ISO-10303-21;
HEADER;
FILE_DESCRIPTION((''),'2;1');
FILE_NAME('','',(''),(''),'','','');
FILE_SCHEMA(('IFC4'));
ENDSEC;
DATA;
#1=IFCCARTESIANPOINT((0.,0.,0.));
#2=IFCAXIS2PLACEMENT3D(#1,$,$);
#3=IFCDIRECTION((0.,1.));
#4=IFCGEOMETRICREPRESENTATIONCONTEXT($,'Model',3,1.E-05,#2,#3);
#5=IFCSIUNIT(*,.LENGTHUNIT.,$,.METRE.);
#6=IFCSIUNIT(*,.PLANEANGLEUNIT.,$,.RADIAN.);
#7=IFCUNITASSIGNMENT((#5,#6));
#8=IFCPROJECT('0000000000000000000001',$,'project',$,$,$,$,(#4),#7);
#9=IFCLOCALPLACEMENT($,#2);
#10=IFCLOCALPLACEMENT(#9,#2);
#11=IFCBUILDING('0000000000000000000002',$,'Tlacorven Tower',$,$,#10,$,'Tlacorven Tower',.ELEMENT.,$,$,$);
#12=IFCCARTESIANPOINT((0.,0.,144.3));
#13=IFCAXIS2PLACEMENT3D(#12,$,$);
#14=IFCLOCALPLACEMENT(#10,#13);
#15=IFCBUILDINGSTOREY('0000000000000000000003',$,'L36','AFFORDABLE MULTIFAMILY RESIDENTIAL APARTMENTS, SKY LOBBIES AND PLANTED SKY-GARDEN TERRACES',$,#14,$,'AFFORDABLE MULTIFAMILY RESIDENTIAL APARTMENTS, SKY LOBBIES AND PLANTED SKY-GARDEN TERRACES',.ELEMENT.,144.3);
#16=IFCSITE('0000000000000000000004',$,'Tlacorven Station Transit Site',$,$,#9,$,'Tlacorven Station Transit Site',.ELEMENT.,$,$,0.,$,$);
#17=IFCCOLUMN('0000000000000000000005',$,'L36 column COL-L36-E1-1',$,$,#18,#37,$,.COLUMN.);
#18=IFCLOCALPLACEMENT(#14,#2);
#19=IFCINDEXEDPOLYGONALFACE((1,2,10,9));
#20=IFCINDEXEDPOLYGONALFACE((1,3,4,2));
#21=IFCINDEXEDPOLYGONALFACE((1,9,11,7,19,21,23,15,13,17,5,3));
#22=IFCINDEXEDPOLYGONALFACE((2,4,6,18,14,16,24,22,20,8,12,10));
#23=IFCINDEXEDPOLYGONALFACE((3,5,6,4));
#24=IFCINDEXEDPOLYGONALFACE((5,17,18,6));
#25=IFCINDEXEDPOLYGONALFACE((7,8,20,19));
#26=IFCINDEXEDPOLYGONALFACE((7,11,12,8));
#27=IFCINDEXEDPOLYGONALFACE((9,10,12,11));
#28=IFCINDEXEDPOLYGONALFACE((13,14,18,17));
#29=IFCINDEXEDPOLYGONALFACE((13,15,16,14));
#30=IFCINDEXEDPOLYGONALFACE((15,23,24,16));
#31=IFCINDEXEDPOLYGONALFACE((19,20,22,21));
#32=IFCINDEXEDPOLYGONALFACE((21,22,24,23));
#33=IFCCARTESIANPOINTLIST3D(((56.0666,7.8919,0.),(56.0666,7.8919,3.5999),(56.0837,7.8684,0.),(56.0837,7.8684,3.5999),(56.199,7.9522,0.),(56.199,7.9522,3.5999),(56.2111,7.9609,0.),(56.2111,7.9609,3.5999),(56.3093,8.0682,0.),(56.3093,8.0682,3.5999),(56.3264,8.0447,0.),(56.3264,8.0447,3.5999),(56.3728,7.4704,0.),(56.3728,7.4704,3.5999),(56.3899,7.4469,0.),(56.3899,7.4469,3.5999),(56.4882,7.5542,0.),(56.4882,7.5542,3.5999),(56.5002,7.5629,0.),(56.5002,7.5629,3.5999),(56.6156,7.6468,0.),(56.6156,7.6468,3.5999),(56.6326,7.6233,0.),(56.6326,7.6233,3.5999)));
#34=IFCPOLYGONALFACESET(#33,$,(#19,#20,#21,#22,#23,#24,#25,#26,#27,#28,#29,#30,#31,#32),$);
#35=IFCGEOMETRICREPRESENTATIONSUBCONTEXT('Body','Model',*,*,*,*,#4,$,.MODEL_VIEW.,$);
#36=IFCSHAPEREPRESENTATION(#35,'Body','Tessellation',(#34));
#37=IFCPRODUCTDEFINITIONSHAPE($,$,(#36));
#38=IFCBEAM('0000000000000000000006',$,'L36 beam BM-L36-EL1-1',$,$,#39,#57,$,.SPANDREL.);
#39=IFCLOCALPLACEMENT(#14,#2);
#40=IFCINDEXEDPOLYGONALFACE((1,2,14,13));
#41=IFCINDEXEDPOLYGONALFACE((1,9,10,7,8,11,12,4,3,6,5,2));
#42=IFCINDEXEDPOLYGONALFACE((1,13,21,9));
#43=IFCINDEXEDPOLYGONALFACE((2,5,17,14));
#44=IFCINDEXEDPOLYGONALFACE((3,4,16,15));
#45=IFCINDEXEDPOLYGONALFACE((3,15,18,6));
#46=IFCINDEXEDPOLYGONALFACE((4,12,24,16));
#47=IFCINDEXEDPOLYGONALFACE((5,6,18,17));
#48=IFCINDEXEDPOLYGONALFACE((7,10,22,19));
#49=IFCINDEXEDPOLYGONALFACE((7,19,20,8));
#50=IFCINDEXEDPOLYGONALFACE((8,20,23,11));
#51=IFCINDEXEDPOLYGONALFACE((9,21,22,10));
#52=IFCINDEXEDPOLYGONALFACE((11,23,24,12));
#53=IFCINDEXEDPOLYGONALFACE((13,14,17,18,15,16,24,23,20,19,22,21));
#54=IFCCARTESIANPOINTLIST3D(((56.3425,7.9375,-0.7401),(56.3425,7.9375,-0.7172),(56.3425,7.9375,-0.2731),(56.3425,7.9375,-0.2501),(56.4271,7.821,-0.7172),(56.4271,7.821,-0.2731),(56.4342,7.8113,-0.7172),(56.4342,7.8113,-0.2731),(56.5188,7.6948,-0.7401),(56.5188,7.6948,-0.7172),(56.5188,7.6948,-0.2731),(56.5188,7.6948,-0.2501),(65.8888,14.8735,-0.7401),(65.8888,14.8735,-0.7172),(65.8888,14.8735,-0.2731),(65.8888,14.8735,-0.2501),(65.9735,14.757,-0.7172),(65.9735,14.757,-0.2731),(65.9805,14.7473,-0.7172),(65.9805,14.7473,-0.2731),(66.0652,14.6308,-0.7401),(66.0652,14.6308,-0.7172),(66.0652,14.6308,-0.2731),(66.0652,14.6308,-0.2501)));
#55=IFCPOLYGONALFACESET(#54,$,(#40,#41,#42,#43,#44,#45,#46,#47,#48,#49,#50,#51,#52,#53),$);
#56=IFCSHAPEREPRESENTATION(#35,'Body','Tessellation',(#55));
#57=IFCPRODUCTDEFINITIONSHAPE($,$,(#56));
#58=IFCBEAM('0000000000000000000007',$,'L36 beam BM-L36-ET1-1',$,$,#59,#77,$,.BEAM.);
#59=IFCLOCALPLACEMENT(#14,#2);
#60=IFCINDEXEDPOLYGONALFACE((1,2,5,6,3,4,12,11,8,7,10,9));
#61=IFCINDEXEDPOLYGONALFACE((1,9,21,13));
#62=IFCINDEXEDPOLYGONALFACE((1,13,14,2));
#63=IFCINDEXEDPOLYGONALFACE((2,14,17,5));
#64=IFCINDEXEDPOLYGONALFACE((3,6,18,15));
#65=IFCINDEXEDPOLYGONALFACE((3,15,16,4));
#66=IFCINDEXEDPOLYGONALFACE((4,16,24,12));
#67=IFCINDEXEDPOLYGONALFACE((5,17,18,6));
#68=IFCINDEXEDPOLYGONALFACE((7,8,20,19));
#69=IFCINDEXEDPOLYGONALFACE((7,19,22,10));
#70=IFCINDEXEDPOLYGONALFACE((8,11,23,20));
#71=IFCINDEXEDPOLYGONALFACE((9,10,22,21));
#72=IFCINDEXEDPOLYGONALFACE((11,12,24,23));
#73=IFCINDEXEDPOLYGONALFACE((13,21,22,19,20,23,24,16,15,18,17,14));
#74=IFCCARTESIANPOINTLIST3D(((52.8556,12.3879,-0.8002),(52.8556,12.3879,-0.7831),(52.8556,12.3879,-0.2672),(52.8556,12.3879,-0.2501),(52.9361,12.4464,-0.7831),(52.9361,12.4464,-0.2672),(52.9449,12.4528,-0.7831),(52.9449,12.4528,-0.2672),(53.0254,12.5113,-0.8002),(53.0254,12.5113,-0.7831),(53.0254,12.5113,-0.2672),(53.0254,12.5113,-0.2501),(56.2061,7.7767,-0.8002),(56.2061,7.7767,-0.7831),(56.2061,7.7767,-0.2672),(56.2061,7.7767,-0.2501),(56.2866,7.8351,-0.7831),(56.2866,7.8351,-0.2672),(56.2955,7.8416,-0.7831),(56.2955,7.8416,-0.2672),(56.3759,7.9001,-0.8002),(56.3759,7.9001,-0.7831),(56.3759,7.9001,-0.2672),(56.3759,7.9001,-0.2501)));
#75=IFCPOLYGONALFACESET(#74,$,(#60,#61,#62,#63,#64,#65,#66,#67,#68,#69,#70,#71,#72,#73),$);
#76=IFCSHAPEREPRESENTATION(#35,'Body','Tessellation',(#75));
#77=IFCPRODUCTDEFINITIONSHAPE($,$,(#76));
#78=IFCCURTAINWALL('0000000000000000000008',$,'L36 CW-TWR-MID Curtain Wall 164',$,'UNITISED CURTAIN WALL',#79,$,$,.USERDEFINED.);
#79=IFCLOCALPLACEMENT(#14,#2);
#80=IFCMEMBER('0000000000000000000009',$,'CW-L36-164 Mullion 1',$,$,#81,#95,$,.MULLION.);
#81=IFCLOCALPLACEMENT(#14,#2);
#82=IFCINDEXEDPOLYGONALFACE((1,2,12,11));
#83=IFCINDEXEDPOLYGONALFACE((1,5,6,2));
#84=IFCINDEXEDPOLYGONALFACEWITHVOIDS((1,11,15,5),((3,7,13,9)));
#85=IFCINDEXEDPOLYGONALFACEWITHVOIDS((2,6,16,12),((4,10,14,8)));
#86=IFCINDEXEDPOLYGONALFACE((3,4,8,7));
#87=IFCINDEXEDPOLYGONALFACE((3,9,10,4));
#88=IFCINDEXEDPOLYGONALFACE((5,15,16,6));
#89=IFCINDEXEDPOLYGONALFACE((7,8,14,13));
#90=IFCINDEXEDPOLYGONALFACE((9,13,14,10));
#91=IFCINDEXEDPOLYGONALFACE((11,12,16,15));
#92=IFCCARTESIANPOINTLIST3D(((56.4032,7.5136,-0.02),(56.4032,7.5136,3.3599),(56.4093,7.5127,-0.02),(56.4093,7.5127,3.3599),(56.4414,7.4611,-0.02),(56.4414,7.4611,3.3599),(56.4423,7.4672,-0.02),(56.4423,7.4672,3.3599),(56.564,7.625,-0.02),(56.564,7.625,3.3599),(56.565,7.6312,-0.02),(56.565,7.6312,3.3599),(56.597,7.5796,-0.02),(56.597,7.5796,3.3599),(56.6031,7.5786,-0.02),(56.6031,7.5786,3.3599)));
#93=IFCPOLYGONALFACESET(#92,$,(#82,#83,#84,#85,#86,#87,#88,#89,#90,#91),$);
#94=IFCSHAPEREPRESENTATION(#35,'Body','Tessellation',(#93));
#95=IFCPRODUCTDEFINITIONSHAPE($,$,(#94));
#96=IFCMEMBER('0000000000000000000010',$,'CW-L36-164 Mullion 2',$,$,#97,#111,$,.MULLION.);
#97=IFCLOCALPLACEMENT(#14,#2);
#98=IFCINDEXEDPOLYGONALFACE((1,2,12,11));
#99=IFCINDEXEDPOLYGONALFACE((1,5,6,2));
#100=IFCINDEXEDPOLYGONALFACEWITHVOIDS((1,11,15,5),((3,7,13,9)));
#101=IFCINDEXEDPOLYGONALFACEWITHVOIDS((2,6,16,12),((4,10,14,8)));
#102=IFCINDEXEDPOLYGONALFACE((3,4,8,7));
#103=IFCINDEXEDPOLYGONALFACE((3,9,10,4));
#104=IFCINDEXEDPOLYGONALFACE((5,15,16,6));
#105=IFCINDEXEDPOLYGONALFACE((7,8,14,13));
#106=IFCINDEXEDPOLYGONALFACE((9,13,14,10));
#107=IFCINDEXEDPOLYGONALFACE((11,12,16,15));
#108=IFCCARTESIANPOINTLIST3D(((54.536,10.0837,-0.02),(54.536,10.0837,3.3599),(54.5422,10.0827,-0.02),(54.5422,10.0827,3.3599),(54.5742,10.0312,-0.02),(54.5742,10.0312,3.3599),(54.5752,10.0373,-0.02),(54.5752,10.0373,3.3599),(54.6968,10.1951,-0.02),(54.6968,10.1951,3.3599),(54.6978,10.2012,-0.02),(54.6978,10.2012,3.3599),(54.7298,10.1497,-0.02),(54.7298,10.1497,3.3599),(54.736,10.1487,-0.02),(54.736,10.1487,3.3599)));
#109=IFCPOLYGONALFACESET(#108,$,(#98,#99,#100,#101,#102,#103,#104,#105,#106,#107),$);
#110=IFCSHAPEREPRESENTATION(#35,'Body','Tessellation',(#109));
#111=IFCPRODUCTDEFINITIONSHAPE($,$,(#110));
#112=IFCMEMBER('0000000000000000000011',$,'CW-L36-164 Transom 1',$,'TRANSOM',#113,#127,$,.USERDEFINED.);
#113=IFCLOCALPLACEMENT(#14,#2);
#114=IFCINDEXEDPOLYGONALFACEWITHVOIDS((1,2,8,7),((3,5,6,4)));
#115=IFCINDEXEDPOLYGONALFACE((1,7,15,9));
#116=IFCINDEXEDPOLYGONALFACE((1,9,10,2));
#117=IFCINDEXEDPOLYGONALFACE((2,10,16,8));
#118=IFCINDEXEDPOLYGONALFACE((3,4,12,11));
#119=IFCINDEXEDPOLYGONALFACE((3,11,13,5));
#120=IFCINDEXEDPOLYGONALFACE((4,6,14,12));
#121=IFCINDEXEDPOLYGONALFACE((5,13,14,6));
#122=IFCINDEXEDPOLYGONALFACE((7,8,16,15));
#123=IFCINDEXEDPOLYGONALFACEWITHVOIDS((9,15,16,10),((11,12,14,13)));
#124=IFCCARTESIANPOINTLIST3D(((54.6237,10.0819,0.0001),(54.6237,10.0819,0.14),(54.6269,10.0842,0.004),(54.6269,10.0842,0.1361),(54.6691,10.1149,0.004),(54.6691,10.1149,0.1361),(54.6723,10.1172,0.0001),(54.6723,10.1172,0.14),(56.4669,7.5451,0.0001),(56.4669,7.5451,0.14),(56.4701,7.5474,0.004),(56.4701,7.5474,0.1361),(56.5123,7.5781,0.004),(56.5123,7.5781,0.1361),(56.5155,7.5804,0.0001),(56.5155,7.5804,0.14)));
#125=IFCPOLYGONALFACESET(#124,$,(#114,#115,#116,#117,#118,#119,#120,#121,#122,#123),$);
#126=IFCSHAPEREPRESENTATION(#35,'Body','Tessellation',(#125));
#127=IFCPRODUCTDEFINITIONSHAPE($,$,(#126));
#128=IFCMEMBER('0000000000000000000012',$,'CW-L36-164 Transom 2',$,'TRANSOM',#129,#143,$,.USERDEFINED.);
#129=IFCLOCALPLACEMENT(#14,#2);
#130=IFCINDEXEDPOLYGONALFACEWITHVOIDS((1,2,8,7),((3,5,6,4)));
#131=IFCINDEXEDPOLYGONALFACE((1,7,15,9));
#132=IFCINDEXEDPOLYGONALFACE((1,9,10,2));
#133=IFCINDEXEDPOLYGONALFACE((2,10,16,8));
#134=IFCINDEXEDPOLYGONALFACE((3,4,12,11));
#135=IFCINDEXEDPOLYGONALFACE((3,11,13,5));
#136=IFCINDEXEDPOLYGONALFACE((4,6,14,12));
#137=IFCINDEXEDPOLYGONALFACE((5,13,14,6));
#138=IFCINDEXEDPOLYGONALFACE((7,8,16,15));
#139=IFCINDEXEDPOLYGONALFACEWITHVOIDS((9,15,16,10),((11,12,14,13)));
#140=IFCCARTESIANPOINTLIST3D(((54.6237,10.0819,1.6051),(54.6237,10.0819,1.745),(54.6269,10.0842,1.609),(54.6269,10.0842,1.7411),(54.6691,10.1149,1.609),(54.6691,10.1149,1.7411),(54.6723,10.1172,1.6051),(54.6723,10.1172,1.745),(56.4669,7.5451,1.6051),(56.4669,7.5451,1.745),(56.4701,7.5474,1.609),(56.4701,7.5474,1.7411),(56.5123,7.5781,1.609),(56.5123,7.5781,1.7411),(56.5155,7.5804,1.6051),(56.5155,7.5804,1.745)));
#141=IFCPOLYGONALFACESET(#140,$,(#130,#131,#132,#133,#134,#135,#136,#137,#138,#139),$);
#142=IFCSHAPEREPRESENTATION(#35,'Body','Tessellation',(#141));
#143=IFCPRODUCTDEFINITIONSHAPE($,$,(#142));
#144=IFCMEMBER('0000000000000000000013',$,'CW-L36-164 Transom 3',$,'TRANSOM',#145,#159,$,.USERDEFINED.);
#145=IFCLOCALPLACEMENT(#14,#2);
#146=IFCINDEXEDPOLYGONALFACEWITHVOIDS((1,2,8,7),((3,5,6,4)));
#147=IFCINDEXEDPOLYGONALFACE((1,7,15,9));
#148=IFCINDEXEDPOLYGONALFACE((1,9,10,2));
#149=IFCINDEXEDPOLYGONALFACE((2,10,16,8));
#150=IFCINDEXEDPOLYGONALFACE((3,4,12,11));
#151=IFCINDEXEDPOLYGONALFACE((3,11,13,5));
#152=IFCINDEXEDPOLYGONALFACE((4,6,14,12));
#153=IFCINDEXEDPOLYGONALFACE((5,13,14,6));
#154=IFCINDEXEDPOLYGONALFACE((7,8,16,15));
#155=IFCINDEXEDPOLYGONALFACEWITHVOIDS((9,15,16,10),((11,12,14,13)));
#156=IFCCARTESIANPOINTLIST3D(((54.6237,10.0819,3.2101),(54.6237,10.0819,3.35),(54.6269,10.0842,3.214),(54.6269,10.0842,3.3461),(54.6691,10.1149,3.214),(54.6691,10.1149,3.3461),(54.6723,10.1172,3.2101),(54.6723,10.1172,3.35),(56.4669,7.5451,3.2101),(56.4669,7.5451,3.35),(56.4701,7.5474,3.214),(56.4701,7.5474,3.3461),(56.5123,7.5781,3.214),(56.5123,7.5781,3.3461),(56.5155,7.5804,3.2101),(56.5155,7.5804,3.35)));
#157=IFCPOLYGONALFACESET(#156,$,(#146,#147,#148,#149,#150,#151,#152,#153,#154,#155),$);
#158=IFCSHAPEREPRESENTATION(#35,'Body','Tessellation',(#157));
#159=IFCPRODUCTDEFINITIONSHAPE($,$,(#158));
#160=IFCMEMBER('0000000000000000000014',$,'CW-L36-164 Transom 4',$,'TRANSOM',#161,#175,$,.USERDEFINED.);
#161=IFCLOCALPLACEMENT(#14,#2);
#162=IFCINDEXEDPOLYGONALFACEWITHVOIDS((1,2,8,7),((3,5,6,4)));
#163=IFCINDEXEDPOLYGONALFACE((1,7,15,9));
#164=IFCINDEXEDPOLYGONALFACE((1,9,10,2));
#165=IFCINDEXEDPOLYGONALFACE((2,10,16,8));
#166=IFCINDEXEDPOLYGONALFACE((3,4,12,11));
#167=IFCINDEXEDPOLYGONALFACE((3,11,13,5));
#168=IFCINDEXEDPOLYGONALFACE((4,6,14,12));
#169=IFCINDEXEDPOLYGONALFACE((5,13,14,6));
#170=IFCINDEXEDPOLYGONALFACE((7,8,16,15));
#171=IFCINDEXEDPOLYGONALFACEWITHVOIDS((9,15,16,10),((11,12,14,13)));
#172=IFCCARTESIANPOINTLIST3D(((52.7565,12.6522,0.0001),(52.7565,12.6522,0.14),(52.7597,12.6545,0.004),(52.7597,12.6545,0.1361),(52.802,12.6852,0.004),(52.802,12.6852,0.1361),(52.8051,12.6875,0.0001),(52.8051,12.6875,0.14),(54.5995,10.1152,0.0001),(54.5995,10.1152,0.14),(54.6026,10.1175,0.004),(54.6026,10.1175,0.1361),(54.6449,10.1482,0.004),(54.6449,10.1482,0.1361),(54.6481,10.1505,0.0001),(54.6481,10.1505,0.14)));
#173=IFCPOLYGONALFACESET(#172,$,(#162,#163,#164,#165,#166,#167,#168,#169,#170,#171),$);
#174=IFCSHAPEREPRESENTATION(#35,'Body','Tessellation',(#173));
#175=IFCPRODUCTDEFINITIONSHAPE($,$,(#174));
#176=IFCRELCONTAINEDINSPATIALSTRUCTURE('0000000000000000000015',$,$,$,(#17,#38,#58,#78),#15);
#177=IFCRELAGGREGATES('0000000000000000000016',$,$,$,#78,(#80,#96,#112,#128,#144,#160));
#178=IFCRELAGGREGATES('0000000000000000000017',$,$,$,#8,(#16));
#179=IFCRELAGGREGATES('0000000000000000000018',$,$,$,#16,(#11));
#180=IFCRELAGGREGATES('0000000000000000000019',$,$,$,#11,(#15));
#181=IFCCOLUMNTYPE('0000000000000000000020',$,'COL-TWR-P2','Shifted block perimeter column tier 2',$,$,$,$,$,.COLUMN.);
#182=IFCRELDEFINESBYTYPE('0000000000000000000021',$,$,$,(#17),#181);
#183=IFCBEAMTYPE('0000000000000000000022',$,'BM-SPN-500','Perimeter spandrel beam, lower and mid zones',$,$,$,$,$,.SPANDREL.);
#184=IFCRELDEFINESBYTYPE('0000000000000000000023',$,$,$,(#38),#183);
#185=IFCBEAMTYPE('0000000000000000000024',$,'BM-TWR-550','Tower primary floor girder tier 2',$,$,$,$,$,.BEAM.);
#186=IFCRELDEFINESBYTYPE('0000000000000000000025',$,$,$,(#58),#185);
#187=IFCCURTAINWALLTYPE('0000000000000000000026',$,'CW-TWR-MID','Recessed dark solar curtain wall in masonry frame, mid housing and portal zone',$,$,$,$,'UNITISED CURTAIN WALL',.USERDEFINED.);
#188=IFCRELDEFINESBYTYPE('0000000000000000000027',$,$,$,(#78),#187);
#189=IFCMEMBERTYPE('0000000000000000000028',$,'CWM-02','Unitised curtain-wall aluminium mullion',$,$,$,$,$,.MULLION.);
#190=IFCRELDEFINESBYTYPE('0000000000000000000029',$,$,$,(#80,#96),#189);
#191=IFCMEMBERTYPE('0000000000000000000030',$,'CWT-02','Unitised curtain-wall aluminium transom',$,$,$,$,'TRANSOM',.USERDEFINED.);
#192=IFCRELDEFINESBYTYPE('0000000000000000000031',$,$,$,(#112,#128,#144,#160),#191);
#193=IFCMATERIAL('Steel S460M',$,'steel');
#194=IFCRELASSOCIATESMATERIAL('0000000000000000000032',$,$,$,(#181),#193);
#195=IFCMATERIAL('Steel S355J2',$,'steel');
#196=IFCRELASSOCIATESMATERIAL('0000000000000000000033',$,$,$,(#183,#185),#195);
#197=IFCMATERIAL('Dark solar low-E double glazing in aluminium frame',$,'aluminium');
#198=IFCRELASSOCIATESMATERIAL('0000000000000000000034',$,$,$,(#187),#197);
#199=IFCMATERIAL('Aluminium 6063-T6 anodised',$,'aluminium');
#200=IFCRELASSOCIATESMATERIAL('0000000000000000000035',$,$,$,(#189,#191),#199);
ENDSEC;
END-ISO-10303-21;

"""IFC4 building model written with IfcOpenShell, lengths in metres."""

from ifc_helpers import new_model, si_unit, direction, frame, origin, origin_2d, place, context, subcontext, project, spatial, hollow_rectangle, i_section, extrude, source, transform, mapped, material, material_profile, profile_set, type_object, element, aggregate, save


model = new_model("IFC4")

# Units and contexts
model_context = context("Model", 3, precision=1e-05, world=origin(), true_north=direction((0.0, 1.0)))
body_context = subcontext(model_context, "Body", "Model", "MODEL_VIEW")
ifc_project = project(units=[si_unit("LENGTHUNIT", "METRE"), si_unit("PLANEANGLEUNIT", "RADIAN")], contexts=[model_context])

# Site, building, storey
site_placement = place(None, origin())
site = spatial("IfcSite", under=ifc_project, at=site_placement, Name="Tlacorven Station Transit Site", LongName="Tlacorven Station Transit Site", CompositionType="ELEMENT", RefElevation=0.0)
building_placement = place(site_placement, origin())
building = spatial("IfcBuilding", under=site, at=building_placement, Name="Tlacorven Tower", LongName="Tlacorven Tower", CompositionType="ELEMENT")
storey_placement = place(building_placement, frame((0.0, 0.0, 144.3)))
storey = spatial("IfcBuildingStorey", under=building, at=storey_placement, Name="L36", Description="AFFORDABLE MULTIFAMILY RESIDENTIAL APARTMENTS, SKY LOBBIES AND PLANTED SKY-GARDEN TERRACES", LongName="AFFORDABLE MULTIFAMILY RESIDENTIAL APARTMENTS, SKY LOBBIES AND PLANTED SKY-GARDEN TERRACES", CompositionType="ELEMENT", Elevation=144.3)

# Column
ifc_material_1 = material(Name="Steel S460M", Category="steel")
ifc_material_profile_1 = material_profile(ifc_material_1, i_section(OverallWidth=0.3, OverallDepth=0.55, WebThickness=0.0149, FlangeThickness=0.0291, at=origin_2d()), Name="HEB 550")
ifc_profile_set_1 = profile_set([ifc_material_profile_1], Name="Steel S460M")
column_type = type_object("IfcColumnType", Name="COL-TWR-P2", Description="Shifted block perimeter column tier 2", PredefinedType="COLUMN", material=ifc_profile_set_1)
shared_shape_1 = source(origin(), body_context, "Body", "SweptSolid", [
    extrude(i_section(OverallWidth=0.3, OverallDepth=0.55, WebThickness=0.0149, FlangeThickness=0.0291, at=origin_2d()), origin(), (0.0, 0.0, 1.0), 3.5999),
])
column_placement = place(storey_placement, frame((56.3496, 7.7576, 0.0), z_axis=(0.0, 0.0, 1.0), x_axis=(0.809017, 0.587785, 0.0)))
element("IfcColumn", 1, at=column_placement, inside=storey, type_object=column_type, Name="L36 column COL-L36-E1-1", PredefinedType="COLUMN", context=body_context, shape_type="MappedRepresentation", body=[
    mapped(shared_shape_1, transform((0.0, 0.0, 0.0), scale=1.0)),
])

# Beams
ifc_material_2 = material(Name="Steel S355J2", Category="steel")
ifc_material_profile_2 = material_profile(ifc_material_2, i_section(OverallWidth=0.3, OverallDepth=0.49, WebThickness=0.012, FlangeThickness=0.0229, at=origin_2d()), Name="HEA 500")
ifc_profile_set_2 = profile_set([ifc_material_profile_2], Name="Steel S355J2")
beam_type_1 = type_object("IfcBeamType", Name="BM-SPN-500", Description="Perimeter spandrel beam, lower and mid zones", PredefinedType="SPANDREL", material=ifc_profile_set_2)
shared_shape_2 = source(origin(), body_context, "Body", "SweptSolid", [
    extrude(i_section(OverallWidth=0.3, OverallDepth=0.49, WebThickness=0.012, FlangeThickness=0.0229, at=origin_2d()), origin(), (0.0, 0.0, 1.0), 11.8),
])
beam_1_placement = place(storey_placement, frame((56.4307, 7.8162, -0.4951), z_axis=(0.80901, 0.587795, 0.0), x_axis=(-0.587795, 0.80901, 0.0)))
element("IfcBeam", 2, at=beam_1_placement, inside=storey, type_object=beam_type_1, Name="L36 beam BM-L36-EL1-1", PredefinedType="SPANDREL", context=body_context, shape_type="MappedRepresentation", body=[
    mapped(shared_shape_2, transform((0.0, 0.0, 0.0), scale=1.0)),
])
ifc_material_profile_3 = material_profile(ifc_material_2, i_section(OverallWidth=0.21, OverallDepth=0.55, WebThickness=0.011, FlangeThickness=0.0171, at=origin_2d()), Name="IPE 550")
ifc_profile_set_3 = profile_set([ifc_material_profile_3], Name="Steel S355J2")
beam_type_2 = type_object("IfcBeamType", Name="BM-TWR-550", Description="Tower primary floor girder tier 2", PredefinedType="BEAM", material=ifc_profile_set_3)
shared_shape_3 = source(origin(), body_context, "Body", "SweptSolid", [
    extrude(i_section(OverallWidth=0.21, OverallDepth=0.55, WebThickness=0.011, FlangeThickness=0.0171, at=origin_2d()), origin(), (0.0, 0.0, 1.0), 5.7),
])
beam_2_placement = place(storey_placement, frame((56.291, 7.8384, -0.5251), z_axis=(-0.587815, 0.808995, 0.0), x_axis=(-0.808995, -0.587815, 0.0)))
element("IfcBeam", 3, at=beam_2_placement, inside=storey, type_object=beam_type_2, Name="L36 beam BM-L36-ET1-1", PredefinedType="BEAM", context=body_context, shape_type="MappedRepresentation", body=[
    mapped(shared_shape_3, transform((0.0, 0.0, 0.0), scale=1.0)),
])

# Curtain wall, members
ifc_material_3 = material(Name="Dark solar low-E double glazing in aluminium frame", Category="aluminium")
curtain_wall_type = type_object("IfcCurtainWallType", Name="CW-TWR-MID", Description="Recessed dark solar curtain wall in masonry frame, mid housing and portal zone", ElementType="UNITISED CURTAIN WALL", PredefinedType="USERDEFINED", material=ifc_material_3)
curtain_wall_placement = place(storey_placement, origin())
curtain_wall = element("IfcCurtainWall", 4, at=curtain_wall_placement, inside=storey, type_object=curtain_wall_type, Name="L36 CW-TWR-MID Curtain Wall 164", ObjectType="UNITISED CURTAIN WALL", PredefinedType="USERDEFINED")
ifc_material_4 = material(Name="Aluminium 6063-T6 anodised", Category="aluminium")
ifc_material_profile_4 = material_profile(ifc_material_4, hollow_rectangle(XDim=0.0649, YDim=0.2, WallThickness=0.0044, at=origin_2d()), Name="ALU MULLION 65X200")
ifc_profile_set_4 = profile_set([ifc_material_profile_4], Name="Aluminium 6063-T6 anodised")
member_type_1 = type_object("IfcMemberType", Name="CWM-02", Description="Unitised curtain-wall aluminium mullion", PredefinedType="MULLION", material=ifc_profile_set_4)
shared_shape_4 = source(origin(), body_context, "Body", "SweptSolid", [
    extrude(hollow_rectangle(XDim=0.0649, YDim=0.2, WallThickness=0.0044, at=origin_2d()), origin(), (0.0, 0.0, 1.0), 3.3799),
])
member_1_placement = place(storey_placement, frame((56.5032, 7.5461, -0.02), z_axis=(0.0, 0.0, 1.0), x_axis=(-0.587785, 0.809017, 0.0)))
member_1 = element("IfcMember", 5, at=member_1_placement, type_object=member_type_1, Name="CW-L36-164 Mullion 1", PredefinedType="MULLION", context=body_context, shape_type="MappedRepresentation", body=[
    mapped(shared_shape_4, transform((0.0, 0.0, 0.0), scale=1.0)),
])
member_2_placement = place(storey_placement, frame((54.636, 10.1162, -0.02), z_axis=(0.0, 0.0, 1.0), x_axis=(-0.587785, 0.809017, 0.0)))
member_2 = element("IfcMember", 6, at=member_2_placement, type_object=member_type_1, Name="CW-L36-164 Mullion 2", PredefinedType="MULLION", context=body_context, shape_type="MappedRepresentation", body=[
    mapped(shared_shape_4, transform((0.0, 0.0, 0.0), scale=1.0)),
])
ifc_material_profile_5 = material_profile(ifc_material_4, hollow_rectangle(XDim=0.0601, YDim=0.1399, WallThickness=0.0039, at=origin_2d()), Name="ALU TRANSOM 60X140")
ifc_profile_set_5 = profile_set([ifc_material_profile_5], Name="Aluminium 6063-T6 anodised")
member_type_2 = type_object("IfcMemberType", Name="CWT-02", Description="Unitised curtain-wall aluminium transom", ElementType="TRANSOM", PredefinedType="USERDEFINED", material=ifc_profile_set_5)
shared_shape_5 = source(origin(), body_context, "Body", "SweptSolid", [
    extrude(hollow_rectangle(XDim=0.0601, YDim=0.1399, WallThickness=0.0039, at=origin_2d()), origin(), (0.0, 0.0, 1.0), 3.1357),
])
member_3_placement = place(storey_placement, frame((56.4912, 7.5627, 0.0701), z_axis=(-0.587811, 0.808999, 0.0), x_axis=(-0.808999, -0.587811, 0.0)))
member_3 = element("IfcMember", 7, at=member_3_placement, type_object=member_type_2, Name="CW-L36-164 Transom 1", ObjectType="TRANSOM", PredefinedType="USERDEFINED", context=body_context, shape_type="MappedRepresentation", body=[
    mapped(shared_shape_5, transform((0.0, 0.0, 0.0), scale=1.0)),
])
member_4_placement = place(storey_placement, frame((56.4912, 7.5627, 1.675), z_axis=(-0.587811, 0.808999, 0.0), x_axis=(-0.808999, -0.587811, 0.0)))
member_4 = element("IfcMember", 8, at=member_4_placement, type_object=member_type_2, Name="CW-L36-164 Transom 2", ObjectType="TRANSOM", PredefinedType="USERDEFINED", context=body_context, shape_type="MappedRepresentation", body=[
    mapped(shared_shape_5, transform((0.0, 0.0, 0.0), scale=1.0)),
])
member_5_placement = place(storey_placement, frame((56.4912, 7.5627, 3.28), z_axis=(-0.587811, 0.808999, 0.0), x_axis=(-0.808999, -0.587811, 0.0)))
member_5 = element("IfcMember", 9, at=member_5_placement, type_object=member_type_2, Name="CW-L36-164 Transom 3", ObjectType="TRANSOM", PredefinedType="USERDEFINED", context=body_context, shape_type="MappedRepresentation", body=[
    mapped(shared_shape_5, transform((0.0, 0.0, 0.0), scale=1.0)),
])
member_6_placement = place(storey_placement, frame((54.6238, 10.1328, 0.0701), z_axis=(-0.587723, 0.809063, 0.0), x_axis=(-0.809063, -0.587723, 0.0)))
member_6 = element("IfcMember", 10, at=member_6_placement, type_object=member_type_2, Name="CW-L36-164 Transom 4", ObjectType="TRANSOM", PredefinedType="USERDEFINED", context=body_context, shape_type="MappedRepresentation", body=[
    mapped(shared_shape_5, transform((0.0, 0.0, 0.0), scale=1.0)),
])
aggregate(curtain_wall, [member_1, member_2, member_3, member_4, member_5, member_6])

save(model, "model.ifc")
